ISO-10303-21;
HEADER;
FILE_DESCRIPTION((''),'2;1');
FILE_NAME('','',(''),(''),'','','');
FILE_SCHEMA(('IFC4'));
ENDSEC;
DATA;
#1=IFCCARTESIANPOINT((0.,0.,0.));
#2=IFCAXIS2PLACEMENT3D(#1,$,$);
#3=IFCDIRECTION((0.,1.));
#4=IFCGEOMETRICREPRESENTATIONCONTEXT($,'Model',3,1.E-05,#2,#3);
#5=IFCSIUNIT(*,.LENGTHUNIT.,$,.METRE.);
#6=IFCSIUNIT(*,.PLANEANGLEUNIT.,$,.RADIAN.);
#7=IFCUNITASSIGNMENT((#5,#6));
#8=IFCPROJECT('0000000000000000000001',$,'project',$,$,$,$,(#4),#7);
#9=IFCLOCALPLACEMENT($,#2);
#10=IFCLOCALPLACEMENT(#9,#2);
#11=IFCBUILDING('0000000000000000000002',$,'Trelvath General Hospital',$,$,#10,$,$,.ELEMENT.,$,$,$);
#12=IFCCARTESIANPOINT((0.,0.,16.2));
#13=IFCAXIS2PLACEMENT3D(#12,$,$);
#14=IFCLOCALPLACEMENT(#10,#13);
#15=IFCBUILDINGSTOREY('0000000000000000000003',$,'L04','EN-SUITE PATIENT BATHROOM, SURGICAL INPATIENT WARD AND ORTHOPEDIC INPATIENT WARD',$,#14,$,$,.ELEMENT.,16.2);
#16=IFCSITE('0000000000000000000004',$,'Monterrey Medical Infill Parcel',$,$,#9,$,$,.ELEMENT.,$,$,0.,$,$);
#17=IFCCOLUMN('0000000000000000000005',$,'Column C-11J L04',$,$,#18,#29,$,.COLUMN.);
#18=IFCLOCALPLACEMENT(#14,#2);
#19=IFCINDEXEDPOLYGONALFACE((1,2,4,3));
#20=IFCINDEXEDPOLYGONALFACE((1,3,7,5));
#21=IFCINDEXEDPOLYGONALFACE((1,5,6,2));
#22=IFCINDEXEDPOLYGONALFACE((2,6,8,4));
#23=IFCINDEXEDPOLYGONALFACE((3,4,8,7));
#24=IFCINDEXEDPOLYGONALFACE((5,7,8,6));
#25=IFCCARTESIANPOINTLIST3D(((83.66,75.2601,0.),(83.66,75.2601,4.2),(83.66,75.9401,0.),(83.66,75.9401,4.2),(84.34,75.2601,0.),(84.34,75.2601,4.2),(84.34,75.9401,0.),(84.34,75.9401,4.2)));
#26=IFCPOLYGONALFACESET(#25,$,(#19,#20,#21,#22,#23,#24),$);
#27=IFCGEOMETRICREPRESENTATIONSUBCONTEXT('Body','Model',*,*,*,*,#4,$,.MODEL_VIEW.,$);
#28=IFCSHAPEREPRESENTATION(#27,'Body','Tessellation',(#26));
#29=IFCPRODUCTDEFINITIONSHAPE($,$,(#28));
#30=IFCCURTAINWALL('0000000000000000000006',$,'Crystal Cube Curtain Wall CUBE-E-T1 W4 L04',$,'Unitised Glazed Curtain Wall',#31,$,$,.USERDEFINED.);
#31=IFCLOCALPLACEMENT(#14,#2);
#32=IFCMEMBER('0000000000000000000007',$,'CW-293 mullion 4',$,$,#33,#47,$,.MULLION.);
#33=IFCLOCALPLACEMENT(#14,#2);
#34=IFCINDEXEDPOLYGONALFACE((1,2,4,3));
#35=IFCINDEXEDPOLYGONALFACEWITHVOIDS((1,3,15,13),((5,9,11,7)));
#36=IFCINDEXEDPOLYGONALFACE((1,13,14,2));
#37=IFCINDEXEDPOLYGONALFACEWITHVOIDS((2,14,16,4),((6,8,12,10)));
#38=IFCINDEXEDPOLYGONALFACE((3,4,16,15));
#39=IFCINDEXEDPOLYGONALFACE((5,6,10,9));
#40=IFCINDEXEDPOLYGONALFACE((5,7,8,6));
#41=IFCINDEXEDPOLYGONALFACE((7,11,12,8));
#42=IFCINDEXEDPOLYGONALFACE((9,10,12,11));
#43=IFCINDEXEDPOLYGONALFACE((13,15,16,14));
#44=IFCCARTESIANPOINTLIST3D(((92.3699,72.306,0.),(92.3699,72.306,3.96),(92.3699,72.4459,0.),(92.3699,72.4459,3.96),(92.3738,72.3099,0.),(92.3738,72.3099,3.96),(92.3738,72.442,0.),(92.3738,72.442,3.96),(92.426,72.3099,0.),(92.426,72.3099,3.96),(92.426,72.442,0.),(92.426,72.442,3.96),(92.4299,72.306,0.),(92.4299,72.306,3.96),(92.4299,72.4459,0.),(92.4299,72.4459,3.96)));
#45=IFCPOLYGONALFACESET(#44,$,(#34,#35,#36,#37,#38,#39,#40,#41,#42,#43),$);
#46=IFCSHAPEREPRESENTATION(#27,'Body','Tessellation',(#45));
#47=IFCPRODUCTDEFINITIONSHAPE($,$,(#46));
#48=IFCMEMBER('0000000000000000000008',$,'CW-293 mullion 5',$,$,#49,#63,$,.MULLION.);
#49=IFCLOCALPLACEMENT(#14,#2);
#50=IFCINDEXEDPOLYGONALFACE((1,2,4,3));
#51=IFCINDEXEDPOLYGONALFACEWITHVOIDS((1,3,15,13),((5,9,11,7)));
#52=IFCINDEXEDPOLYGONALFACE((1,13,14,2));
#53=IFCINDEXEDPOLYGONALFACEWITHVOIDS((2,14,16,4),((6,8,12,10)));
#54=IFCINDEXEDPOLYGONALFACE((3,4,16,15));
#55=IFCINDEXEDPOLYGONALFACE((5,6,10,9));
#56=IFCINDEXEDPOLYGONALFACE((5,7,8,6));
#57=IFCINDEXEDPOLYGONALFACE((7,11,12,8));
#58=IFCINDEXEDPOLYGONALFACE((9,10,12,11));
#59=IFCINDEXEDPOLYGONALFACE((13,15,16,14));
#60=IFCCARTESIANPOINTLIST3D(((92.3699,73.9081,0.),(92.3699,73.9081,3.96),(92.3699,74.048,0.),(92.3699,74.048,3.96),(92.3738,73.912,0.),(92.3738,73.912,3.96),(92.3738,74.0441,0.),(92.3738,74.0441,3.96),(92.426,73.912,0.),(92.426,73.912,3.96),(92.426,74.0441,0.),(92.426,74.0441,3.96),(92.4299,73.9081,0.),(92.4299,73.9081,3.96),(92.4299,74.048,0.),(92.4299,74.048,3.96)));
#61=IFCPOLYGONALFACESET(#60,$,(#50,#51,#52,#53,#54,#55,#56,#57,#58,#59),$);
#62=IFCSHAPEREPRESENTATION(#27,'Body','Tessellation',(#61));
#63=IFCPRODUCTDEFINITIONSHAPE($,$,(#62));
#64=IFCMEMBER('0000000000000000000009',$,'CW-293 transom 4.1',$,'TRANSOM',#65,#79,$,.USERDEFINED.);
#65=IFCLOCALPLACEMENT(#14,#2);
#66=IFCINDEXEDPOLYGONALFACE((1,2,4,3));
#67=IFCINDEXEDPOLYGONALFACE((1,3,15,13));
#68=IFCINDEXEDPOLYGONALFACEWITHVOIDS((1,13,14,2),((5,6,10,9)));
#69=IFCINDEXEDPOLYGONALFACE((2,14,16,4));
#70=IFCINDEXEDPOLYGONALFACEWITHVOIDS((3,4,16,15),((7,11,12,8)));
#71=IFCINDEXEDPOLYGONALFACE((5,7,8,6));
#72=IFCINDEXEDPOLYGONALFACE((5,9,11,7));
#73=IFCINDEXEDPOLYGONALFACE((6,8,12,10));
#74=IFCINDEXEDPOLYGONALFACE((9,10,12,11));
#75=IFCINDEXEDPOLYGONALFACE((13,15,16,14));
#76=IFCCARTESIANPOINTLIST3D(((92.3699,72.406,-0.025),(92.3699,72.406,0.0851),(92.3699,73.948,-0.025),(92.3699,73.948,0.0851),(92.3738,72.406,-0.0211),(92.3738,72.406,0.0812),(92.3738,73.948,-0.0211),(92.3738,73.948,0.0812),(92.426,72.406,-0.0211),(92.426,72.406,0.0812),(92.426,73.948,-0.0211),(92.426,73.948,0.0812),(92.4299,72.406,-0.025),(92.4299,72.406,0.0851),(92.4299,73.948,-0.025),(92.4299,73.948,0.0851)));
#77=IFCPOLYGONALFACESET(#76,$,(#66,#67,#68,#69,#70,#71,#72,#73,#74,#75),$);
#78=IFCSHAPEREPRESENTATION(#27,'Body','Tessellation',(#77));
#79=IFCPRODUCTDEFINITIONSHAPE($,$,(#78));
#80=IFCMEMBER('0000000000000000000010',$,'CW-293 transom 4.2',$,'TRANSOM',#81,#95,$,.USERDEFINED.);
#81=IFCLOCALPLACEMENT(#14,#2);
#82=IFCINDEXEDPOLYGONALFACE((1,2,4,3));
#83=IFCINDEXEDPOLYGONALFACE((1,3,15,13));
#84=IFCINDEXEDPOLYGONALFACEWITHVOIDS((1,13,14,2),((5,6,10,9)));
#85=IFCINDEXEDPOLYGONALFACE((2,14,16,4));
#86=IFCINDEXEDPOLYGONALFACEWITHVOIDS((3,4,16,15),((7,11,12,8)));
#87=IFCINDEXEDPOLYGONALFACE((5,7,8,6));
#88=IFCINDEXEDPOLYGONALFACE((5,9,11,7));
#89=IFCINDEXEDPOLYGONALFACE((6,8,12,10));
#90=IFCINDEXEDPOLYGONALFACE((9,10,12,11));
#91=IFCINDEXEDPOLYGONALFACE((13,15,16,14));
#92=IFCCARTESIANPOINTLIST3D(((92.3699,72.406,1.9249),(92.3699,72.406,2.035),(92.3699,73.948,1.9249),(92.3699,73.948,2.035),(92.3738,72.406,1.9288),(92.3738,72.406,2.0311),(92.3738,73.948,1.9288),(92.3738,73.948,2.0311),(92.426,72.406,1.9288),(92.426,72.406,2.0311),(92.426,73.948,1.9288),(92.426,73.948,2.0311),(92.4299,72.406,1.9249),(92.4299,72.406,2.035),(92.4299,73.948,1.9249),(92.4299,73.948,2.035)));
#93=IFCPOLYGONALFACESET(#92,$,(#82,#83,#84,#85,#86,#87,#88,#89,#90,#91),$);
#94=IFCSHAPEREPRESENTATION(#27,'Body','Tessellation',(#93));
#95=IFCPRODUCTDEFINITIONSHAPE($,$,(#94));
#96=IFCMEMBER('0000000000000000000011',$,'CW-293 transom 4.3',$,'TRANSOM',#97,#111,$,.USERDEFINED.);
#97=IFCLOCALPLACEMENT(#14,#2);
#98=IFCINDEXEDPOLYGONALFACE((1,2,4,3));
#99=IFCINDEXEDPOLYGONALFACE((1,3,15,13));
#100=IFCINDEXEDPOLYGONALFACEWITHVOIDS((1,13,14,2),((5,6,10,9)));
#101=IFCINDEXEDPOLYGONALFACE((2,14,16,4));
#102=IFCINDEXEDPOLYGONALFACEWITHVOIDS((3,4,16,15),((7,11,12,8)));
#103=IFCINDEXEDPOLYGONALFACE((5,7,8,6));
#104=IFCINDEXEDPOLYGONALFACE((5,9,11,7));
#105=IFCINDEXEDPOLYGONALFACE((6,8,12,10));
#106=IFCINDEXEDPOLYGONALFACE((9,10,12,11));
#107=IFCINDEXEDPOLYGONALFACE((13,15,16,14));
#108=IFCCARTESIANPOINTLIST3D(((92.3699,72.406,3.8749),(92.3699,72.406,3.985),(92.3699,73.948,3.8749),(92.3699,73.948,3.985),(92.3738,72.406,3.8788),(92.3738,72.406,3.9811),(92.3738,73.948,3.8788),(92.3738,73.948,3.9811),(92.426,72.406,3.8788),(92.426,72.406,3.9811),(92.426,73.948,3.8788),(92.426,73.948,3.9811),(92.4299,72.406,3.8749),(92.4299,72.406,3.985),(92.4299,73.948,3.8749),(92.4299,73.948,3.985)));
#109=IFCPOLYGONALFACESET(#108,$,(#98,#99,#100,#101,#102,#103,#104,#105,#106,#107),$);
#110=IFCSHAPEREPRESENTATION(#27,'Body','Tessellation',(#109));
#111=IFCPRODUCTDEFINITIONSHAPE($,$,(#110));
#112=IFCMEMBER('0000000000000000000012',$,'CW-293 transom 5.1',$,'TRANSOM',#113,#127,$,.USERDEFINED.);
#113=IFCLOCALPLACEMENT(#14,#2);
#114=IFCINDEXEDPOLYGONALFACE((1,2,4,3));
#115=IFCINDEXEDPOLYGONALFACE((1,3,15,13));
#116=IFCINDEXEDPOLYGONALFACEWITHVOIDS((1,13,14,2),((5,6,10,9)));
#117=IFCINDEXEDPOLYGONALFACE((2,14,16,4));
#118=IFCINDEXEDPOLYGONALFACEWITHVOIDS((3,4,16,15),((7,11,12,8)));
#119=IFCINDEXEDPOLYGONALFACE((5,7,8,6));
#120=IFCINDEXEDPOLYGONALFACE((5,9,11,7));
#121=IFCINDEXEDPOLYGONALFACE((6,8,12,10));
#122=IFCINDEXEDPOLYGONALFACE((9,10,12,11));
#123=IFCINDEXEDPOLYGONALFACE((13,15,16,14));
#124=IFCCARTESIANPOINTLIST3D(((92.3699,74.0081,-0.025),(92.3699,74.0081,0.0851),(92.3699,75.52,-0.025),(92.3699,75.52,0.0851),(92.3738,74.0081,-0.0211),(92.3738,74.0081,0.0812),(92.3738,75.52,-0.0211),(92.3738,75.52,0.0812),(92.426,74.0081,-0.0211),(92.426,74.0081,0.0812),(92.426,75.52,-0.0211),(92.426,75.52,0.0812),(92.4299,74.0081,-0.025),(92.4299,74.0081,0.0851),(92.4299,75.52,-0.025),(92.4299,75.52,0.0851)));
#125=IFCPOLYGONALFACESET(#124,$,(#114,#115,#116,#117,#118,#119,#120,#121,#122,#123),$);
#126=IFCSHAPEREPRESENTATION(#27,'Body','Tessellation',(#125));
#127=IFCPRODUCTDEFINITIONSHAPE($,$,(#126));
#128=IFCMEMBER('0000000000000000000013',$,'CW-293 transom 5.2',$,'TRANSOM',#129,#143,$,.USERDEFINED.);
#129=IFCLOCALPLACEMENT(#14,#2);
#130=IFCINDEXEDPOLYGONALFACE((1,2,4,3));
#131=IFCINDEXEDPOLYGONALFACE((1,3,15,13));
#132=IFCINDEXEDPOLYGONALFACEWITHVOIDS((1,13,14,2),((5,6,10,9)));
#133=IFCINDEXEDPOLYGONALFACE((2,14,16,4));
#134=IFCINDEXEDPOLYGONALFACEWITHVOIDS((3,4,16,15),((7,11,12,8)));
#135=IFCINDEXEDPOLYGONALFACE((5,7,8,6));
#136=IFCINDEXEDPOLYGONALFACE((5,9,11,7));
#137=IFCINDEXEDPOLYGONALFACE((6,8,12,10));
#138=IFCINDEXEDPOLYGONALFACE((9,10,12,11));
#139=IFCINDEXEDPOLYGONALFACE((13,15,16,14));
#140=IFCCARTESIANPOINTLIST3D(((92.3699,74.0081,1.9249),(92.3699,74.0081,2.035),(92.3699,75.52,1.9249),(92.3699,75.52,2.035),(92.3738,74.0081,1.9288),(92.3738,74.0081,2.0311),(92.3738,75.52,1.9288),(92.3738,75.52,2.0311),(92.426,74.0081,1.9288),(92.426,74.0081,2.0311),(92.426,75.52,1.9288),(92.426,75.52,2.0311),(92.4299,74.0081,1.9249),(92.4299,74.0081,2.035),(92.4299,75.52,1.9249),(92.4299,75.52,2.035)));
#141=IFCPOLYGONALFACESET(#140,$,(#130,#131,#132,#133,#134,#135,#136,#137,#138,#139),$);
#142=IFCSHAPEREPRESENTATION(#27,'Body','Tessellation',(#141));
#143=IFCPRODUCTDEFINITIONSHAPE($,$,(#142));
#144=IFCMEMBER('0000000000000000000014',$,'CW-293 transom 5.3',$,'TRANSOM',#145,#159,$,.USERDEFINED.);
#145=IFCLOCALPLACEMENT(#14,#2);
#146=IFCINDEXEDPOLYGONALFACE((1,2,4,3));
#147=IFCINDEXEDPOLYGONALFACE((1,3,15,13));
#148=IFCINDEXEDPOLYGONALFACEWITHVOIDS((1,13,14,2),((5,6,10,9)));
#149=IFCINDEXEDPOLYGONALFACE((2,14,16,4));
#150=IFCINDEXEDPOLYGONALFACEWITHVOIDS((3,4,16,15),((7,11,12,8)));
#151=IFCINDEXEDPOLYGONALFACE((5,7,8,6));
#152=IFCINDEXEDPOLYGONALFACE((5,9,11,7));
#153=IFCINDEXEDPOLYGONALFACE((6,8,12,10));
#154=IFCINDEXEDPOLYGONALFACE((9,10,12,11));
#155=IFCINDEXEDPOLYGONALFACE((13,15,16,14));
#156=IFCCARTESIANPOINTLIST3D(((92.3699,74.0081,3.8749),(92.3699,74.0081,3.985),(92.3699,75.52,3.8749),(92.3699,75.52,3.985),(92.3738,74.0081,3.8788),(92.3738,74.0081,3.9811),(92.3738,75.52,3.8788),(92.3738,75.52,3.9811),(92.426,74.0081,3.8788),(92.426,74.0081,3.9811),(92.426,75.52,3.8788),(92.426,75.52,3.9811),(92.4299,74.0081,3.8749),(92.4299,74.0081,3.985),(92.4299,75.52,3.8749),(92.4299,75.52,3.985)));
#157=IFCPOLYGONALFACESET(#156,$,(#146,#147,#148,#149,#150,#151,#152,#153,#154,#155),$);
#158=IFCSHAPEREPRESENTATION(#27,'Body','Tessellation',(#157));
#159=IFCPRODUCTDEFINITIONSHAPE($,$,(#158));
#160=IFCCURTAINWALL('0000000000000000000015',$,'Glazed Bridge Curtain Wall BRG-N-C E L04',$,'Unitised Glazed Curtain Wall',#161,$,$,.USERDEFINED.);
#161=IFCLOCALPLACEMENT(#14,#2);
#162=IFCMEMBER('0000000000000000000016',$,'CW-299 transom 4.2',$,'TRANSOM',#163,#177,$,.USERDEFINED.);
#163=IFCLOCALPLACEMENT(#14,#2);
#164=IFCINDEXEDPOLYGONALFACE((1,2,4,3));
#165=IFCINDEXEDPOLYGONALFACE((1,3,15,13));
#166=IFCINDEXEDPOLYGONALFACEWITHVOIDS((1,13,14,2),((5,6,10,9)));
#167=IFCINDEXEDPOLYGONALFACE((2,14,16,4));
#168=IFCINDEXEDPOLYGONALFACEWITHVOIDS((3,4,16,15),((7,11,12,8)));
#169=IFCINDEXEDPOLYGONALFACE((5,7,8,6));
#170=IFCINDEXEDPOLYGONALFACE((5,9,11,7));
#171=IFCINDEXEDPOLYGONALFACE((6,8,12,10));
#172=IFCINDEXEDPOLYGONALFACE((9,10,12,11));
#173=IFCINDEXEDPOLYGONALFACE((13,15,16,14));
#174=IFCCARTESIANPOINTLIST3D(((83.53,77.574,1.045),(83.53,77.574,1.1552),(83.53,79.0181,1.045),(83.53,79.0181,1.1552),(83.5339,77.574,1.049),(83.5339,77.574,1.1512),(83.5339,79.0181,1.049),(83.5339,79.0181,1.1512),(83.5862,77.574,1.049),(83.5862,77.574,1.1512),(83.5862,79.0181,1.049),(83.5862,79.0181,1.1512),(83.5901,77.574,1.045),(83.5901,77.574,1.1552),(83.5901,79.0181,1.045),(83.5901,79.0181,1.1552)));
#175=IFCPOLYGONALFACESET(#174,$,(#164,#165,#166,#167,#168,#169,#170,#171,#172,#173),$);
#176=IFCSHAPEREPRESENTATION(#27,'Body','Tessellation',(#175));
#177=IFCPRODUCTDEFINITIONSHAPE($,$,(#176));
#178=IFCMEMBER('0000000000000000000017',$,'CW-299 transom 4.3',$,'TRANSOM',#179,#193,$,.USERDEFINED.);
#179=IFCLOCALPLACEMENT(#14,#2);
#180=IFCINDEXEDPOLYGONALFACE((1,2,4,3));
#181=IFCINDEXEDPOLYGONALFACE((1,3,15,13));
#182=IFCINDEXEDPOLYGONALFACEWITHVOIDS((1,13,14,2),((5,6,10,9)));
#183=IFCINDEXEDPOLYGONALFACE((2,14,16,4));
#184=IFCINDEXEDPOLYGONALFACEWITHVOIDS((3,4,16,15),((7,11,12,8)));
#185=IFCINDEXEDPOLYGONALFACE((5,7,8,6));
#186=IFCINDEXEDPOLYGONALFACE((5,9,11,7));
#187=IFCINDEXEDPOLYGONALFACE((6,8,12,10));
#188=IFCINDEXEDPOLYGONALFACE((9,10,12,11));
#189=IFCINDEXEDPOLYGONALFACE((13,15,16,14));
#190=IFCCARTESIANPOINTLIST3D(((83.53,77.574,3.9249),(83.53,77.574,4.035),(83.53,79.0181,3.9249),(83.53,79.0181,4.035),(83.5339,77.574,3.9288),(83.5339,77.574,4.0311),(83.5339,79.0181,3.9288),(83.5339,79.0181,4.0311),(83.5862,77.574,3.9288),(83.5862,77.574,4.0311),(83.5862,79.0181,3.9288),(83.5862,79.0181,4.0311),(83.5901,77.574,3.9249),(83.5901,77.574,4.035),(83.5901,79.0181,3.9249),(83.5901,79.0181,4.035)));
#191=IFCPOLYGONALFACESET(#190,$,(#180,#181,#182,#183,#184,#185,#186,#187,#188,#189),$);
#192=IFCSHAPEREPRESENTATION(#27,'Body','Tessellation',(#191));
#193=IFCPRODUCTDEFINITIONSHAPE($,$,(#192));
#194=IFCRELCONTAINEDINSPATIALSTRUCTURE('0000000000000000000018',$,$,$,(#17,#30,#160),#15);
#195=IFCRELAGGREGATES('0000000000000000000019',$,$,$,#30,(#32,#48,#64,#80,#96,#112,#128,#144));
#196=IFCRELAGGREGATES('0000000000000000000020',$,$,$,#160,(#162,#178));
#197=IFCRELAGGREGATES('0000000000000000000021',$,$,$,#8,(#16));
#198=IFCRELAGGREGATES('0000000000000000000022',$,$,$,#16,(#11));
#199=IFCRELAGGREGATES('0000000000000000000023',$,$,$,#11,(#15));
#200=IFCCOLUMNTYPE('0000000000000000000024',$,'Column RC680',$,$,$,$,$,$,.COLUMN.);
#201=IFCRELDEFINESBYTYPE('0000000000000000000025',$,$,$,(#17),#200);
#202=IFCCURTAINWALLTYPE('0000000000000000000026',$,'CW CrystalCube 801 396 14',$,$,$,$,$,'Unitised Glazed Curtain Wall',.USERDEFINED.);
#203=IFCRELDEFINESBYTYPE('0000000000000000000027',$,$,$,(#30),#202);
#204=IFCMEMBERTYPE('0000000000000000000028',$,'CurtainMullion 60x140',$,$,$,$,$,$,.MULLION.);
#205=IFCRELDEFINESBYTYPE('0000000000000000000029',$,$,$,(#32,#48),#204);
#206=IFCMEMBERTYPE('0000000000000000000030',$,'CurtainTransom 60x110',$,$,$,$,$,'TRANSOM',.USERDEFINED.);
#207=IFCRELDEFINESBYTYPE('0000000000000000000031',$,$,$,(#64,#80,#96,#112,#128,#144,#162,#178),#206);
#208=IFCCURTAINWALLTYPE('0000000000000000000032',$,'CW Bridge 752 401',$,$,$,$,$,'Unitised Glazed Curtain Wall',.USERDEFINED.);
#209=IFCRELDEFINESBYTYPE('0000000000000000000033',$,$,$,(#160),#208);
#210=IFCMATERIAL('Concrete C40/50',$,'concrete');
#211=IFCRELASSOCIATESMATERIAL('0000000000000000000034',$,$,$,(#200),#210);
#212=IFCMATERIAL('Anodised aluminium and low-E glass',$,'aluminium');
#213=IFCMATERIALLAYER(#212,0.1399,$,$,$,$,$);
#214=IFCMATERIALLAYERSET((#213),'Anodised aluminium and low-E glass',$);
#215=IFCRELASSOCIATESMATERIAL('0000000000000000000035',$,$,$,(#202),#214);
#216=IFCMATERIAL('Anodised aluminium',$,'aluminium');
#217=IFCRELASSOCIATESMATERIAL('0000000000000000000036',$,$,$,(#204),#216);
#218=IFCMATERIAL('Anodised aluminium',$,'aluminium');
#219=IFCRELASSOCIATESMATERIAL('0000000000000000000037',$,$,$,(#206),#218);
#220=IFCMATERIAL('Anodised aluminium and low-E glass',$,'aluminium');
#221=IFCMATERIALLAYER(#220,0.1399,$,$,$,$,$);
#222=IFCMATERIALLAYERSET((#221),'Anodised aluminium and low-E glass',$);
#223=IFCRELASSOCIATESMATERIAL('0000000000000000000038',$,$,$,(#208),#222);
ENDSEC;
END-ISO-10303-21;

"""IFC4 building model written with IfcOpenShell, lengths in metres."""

from ifc_helpers import new_model, si_unit, direction, frame, origin, origin_2d, place, context, subcontext, project, spatial, rectangle, hollow_rectangle, extrude, material, layer, layer_set, material_profile, profile_set, type_object, element, aggregate, save


model = new_model("IFC4")

# Units and contexts
model_context = context("Model", 3, precision=1e-05, world=origin(), true_north=direction((0.0, 1.0)))
body_context = subcontext(model_context, "Body", "Model", "MODEL_VIEW")
ifc_project = project(units=[si_unit("LENGTHUNIT", "METRE"), si_unit("PLANEANGLEUNIT", "RADIAN")], contexts=[model_context])

# Site, building, storey
site_placement = place(None, origin())
site = spatial("IfcSite", under=ifc_project, at=site_placement, Name="Monterrey Medical Infill Parcel", CompositionType="ELEMENT", RefElevation=0.0)
building_placement = place(site_placement, origin())
building = spatial("IfcBuilding", under=site, at=building_placement, Name="Trelvath General Hospital", CompositionType="ELEMENT")
storey_placement = place(building_placement, frame((0.0, 0.0, 16.2)))
storey = spatial("IfcBuildingStorey", under=building, at=storey_placement, Name="L04", Description="EN-SUITE PATIENT BATHROOM, SURGICAL INPATIENT WARD AND ORTHOPEDIC INPATIENT WARD", CompositionType="ELEMENT", Elevation=16.2)

# Column
ifc_material_1 = material(Name="Concrete C40/50", Category="concrete")
ifc_material_profile_1 = material_profile(ifc_material_1, rectangle(XDim=0.6799, YDim=0.6799, at=origin_2d()), Name="RC680x680")
ifc_profile_set_1 = profile_set([ifc_material_profile_1], Name="Concrete C40/50")
column_type = type_object("IfcColumnType", Name="Column RC680", PredefinedType="COLUMN", material=ifc_profile_set_1)
column_placement = place(storey_placement, frame((84.0, 75.6001, 0.0), z_axis=(0.0, 0.0, 1.0), x_axis=(1.0, 0.0, 0.0)))
element("IfcColumn", 1, at=column_placement, inside=storey, type_object=column_type, Name="Column C-11J L04", PredefinedType="COLUMN", context=body_context, shape_type="SweptSolid", body=[
    extrude(rectangle(XDim=0.6799, YDim=0.6799, at=origin_2d()), origin(), (0.0, 0.0, 1.0), 4.2),
])

# Curtain walls, members
ifc_material_2 = material(Name="Anodised aluminium and low-E glass", Category="aluminium")
ifc_layer_1 = layer(ifc_material_2, 0.1399)
ifc_layer_set_1 = layer_set([ifc_layer_1], Name="Anodised aluminium and low-E glass")
curtain_wall_type_1 = type_object("IfcCurtainWallType", Name="CW CrystalCube 801 396 14", ElementType="Unitised Glazed Curtain Wall", PredefinedType="USERDEFINED", material=ifc_layer_set_1)
curtain_wall_1_placement = place(storey_placement, origin())
curtain_wall_1 = element("IfcCurtainWall", 2, at=curtain_wall_1_placement, inside=storey, type_object=curtain_wall_type_1, Name="Crystal Cube Curtain Wall CUBE-E-T1 W4 L04", ObjectType="Unitised Glazed Curtain Wall", PredefinedType="USERDEFINED")
ifc_material_3 = material(Name="Anodised aluminium", Category="aluminium")
ifc_material_profile_2 = material_profile(ifc_material_3, hollow_rectangle(XDim=0.0601, YDim=0.1399, WallThickness=0.0039, at=origin_2d()), Name="RHS60x140x4")
ifc_profile_set_2 = profile_set([ifc_material_profile_2], Name="Anodised aluminium")
member_type_1 = type_object("IfcMemberType", Name="CurtainMullion 60x140", PredefinedType="MULLION", material=ifc_profile_set_2)
member_1_placement = place(storey_placement, frame((92.3999, 72.376, 0.0), z_axis=(0.0, 0.0, 1.0), x_axis=(-1.0, 0.0, 0.0)))
member_1 = element("IfcMember", 3, at=member_1_placement, type_object=member_type_1, Name="CW-293 mullion 4", PredefinedType="MULLION", context=body_context, shape_type="SweptSolid", body=[
    extrude(hollow_rectangle(XDim=0.0601, YDim=0.1399, WallThickness=0.0039, at=origin_2d()), origin(), (0.0, 0.0, 1.0), 3.96),
])
member_2_placement = place(storey_placement, frame((92.3999, 73.978, 0.0), z_axis=(0.0, 0.0, 1.0), x_axis=(-1.0, 0.0, 0.0)))
member_2 = element("IfcMember", 4, at=member_2_placement, type_object=member_type_1, Name="CW-293 mullion 5", PredefinedType="MULLION", context=body_context, shape_type="SweptSolid", body=[
    extrude(hollow_rectangle(XDim=0.0601, YDim=0.1399, WallThickness=0.0039, at=origin_2d()), origin(), (0.0, 0.0, 1.0), 3.96),
])
ifc_material_4 = material(Name="Anodised aluminium", Category="aluminium")
ifc_material_profile_3 = material_profile(ifc_material_4, hollow_rectangle(XDim=0.0601, YDim=0.1101, WallThickness=0.0039, at=origin_2d()), Name="RHS60x110x4")
ifc_profile_set_3 = profile_set([ifc_material_profile_3], Name="Anodised aluminium")
member_type_2 = type_object("IfcMemberType", Name="CurtainTransom 60x110", ElementType="TRANSOM", PredefinedType="USERDEFINED", material=ifc_profile_set_3)
member_3_placement = place(storey_placement, frame((92.3999, 72.406, 0.03), z_axis=(0.0, 1.0, 0.0), x_axis=(-1.0, 0.0, 0.0)))
member_3 = element("IfcMember", 5, at=member_3_placement, type_object=member_type_2, Name="CW-293 transom 4.1", ObjectType="TRANSOM", PredefinedType="USERDEFINED", context=body_context, shape_type="SweptSolid", body=[
    extrude(hollow_rectangle(XDim=0.0601, YDim=0.1101, WallThickness=0.0039, at=origin_2d()), origin(), (0.0, 0.0, 1.0), 1.542),
])
member_4_placement = place(storey_placement, frame((92.3999, 72.406, 1.98), z_axis=(0.0, 1.0, 0.0), x_axis=(-1.0, 0.0, 0.0)))
member_4 = element("IfcMember", 6, at=member_4_placement, type_object=member_type_2, Name="CW-293 transom 4.2", ObjectType="TRANSOM", PredefinedType="USERDEFINED", context=body_context, shape_type="SweptSolid", body=[
    extrude(hollow_rectangle(XDim=0.0601, YDim=0.1101, WallThickness=0.0039, at=origin_2d()), origin(), (0.0, 0.0, 1.0), 1.542),
])
member_5_placement = place(storey_placement, frame((92.3999, 72.406, 3.9299), z_axis=(0.0, 1.0, 0.0), x_axis=(-1.0, 0.0, 0.0)))
member_5 = element("IfcMember", 7, at=member_5_placement, type_object=member_type_2, Name="CW-293 transom 4.3", ObjectType="TRANSOM", PredefinedType="USERDEFINED", context=body_context, shape_type="SweptSolid", body=[
    extrude(hollow_rectangle(XDim=0.0601, YDim=0.1101, WallThickness=0.0039, at=origin_2d()), origin(), (0.0, 0.0, 1.0), 1.542),
])
member_6_placement = place(storey_placement, frame((92.3999, 74.0081, 0.03), z_axis=(0.0, 1.0, 0.0), x_axis=(-1.0, 0.0, 0.0)))
member_6 = element("IfcMember", 8, at=member_6_placement, type_object=member_type_2, Name="CW-293 transom 5.1", ObjectType="TRANSOM", PredefinedType="USERDEFINED", context=body_context, shape_type="SweptSolid", body=[
    extrude(hollow_rectangle(XDim=0.0601, YDim=0.1101, WallThickness=0.0039, at=origin_2d()), origin(), (0.0, 0.0, 1.0), 1.512),
])
member_7_placement = place(storey_placement, frame((92.3999, 74.0081, 1.98), z_axis=(0.0, 1.0, 0.0), x_axis=(-1.0, 0.0, 0.0)))
member_7 = element("IfcMember", 9, at=member_7_placement, type_object=member_type_2, Name="CW-293 transom 5.2", ObjectType="TRANSOM", PredefinedType="USERDEFINED", context=body_context, shape_type="SweptSolid", body=[
    extrude(hollow_rectangle(XDim=0.0601, YDim=0.1101, WallThickness=0.0039, at=origin_2d()), origin(), (0.0, 0.0, 1.0), 1.512),
])
member_8_placement = place(storey_placement, frame((92.3999, 74.0081, 3.9299), z_axis=(0.0, 1.0, 0.0), x_axis=(-1.0, 0.0, 0.0)))
member_8 = element("IfcMember", 10, at=member_8_placement, type_object=member_type_2, Name="CW-293 transom 5.3", ObjectType="TRANSOM", PredefinedType="USERDEFINED", context=body_context, shape_type="SweptSolid", body=[
    extrude(hollow_rectangle(XDim=0.0601, YDim=0.1101, WallThickness=0.0039, at=origin_2d()), origin(), (0.0, 0.0, 1.0), 1.512),
])
ifc_material_5 = material(Name="Anodised aluminium and low-E glass", Category="aluminium")
ifc_layer_2 = layer(ifc_material_5, 0.1399)
ifc_layer_set_2 = layer_set([ifc_layer_2], Name="Anodised aluminium and low-E glass")
curtain_wall_type_2 = type_object("IfcCurtainWallType", Name="CW Bridge 752 401", ElementType="Unitised Glazed Curtain Wall", PredefinedType="USERDEFINED", material=ifc_layer_set_2)
curtain_wall_2_placement = place(storey_placement, origin())
curtain_wall_2 = element("IfcCurtainWall", 11, at=curtain_wall_2_placement, inside=storey, type_object=curtain_wall_type_2, Name="Glazed Bridge Curtain Wall BRG-N-C E L04", ObjectType="Unitised Glazed Curtain Wall", PredefinedType="USERDEFINED")
member_9_placement = place(storey_placement, frame((83.5601, 79.0181, 1.1001), z_axis=(0.0, -1.0, 0.0), x_axis=(1.0, 0.0, 0.0)))
member_9 = element("IfcMember", 12, at=member_9_placement, type_object=member_type_2, Name="CW-299 transom 4.2", ObjectType="TRANSOM", PredefinedType="USERDEFINED", context=body_context, shape_type="SweptSolid", body=[
    extrude(hollow_rectangle(XDim=0.0601, YDim=0.1101, WallThickness=0.0039, at=origin_2d()), origin(), (0.0, 0.0, 1.0), 1.4441),
])
member_10_placement = place(storey_placement, frame((83.5601, 79.0181, 3.98), z_axis=(0.0, -1.0, 0.0), x_axis=(1.0, 0.0, 0.0)))
member_10 = element("IfcMember", 13, at=member_10_placement, type_object=member_type_2, Name="CW-299 transom 4.3", ObjectType="TRANSOM", PredefinedType="USERDEFINED", context=body_context, shape_type="SweptSolid", body=[
    extrude(hollow_rectangle(XDim=0.0601, YDim=0.1101, WallThickness=0.0039, at=origin_2d()), origin(), (0.0, 0.0, 1.0), 1.4441),
])

aggregate(curtain_wall_1, [member_1, member_2, member_3, member_4, member_5, member_6, member_7, member_8])
aggregate(curtain_wall_2, [member_9, member_10])

save(model, "model.ifc")
